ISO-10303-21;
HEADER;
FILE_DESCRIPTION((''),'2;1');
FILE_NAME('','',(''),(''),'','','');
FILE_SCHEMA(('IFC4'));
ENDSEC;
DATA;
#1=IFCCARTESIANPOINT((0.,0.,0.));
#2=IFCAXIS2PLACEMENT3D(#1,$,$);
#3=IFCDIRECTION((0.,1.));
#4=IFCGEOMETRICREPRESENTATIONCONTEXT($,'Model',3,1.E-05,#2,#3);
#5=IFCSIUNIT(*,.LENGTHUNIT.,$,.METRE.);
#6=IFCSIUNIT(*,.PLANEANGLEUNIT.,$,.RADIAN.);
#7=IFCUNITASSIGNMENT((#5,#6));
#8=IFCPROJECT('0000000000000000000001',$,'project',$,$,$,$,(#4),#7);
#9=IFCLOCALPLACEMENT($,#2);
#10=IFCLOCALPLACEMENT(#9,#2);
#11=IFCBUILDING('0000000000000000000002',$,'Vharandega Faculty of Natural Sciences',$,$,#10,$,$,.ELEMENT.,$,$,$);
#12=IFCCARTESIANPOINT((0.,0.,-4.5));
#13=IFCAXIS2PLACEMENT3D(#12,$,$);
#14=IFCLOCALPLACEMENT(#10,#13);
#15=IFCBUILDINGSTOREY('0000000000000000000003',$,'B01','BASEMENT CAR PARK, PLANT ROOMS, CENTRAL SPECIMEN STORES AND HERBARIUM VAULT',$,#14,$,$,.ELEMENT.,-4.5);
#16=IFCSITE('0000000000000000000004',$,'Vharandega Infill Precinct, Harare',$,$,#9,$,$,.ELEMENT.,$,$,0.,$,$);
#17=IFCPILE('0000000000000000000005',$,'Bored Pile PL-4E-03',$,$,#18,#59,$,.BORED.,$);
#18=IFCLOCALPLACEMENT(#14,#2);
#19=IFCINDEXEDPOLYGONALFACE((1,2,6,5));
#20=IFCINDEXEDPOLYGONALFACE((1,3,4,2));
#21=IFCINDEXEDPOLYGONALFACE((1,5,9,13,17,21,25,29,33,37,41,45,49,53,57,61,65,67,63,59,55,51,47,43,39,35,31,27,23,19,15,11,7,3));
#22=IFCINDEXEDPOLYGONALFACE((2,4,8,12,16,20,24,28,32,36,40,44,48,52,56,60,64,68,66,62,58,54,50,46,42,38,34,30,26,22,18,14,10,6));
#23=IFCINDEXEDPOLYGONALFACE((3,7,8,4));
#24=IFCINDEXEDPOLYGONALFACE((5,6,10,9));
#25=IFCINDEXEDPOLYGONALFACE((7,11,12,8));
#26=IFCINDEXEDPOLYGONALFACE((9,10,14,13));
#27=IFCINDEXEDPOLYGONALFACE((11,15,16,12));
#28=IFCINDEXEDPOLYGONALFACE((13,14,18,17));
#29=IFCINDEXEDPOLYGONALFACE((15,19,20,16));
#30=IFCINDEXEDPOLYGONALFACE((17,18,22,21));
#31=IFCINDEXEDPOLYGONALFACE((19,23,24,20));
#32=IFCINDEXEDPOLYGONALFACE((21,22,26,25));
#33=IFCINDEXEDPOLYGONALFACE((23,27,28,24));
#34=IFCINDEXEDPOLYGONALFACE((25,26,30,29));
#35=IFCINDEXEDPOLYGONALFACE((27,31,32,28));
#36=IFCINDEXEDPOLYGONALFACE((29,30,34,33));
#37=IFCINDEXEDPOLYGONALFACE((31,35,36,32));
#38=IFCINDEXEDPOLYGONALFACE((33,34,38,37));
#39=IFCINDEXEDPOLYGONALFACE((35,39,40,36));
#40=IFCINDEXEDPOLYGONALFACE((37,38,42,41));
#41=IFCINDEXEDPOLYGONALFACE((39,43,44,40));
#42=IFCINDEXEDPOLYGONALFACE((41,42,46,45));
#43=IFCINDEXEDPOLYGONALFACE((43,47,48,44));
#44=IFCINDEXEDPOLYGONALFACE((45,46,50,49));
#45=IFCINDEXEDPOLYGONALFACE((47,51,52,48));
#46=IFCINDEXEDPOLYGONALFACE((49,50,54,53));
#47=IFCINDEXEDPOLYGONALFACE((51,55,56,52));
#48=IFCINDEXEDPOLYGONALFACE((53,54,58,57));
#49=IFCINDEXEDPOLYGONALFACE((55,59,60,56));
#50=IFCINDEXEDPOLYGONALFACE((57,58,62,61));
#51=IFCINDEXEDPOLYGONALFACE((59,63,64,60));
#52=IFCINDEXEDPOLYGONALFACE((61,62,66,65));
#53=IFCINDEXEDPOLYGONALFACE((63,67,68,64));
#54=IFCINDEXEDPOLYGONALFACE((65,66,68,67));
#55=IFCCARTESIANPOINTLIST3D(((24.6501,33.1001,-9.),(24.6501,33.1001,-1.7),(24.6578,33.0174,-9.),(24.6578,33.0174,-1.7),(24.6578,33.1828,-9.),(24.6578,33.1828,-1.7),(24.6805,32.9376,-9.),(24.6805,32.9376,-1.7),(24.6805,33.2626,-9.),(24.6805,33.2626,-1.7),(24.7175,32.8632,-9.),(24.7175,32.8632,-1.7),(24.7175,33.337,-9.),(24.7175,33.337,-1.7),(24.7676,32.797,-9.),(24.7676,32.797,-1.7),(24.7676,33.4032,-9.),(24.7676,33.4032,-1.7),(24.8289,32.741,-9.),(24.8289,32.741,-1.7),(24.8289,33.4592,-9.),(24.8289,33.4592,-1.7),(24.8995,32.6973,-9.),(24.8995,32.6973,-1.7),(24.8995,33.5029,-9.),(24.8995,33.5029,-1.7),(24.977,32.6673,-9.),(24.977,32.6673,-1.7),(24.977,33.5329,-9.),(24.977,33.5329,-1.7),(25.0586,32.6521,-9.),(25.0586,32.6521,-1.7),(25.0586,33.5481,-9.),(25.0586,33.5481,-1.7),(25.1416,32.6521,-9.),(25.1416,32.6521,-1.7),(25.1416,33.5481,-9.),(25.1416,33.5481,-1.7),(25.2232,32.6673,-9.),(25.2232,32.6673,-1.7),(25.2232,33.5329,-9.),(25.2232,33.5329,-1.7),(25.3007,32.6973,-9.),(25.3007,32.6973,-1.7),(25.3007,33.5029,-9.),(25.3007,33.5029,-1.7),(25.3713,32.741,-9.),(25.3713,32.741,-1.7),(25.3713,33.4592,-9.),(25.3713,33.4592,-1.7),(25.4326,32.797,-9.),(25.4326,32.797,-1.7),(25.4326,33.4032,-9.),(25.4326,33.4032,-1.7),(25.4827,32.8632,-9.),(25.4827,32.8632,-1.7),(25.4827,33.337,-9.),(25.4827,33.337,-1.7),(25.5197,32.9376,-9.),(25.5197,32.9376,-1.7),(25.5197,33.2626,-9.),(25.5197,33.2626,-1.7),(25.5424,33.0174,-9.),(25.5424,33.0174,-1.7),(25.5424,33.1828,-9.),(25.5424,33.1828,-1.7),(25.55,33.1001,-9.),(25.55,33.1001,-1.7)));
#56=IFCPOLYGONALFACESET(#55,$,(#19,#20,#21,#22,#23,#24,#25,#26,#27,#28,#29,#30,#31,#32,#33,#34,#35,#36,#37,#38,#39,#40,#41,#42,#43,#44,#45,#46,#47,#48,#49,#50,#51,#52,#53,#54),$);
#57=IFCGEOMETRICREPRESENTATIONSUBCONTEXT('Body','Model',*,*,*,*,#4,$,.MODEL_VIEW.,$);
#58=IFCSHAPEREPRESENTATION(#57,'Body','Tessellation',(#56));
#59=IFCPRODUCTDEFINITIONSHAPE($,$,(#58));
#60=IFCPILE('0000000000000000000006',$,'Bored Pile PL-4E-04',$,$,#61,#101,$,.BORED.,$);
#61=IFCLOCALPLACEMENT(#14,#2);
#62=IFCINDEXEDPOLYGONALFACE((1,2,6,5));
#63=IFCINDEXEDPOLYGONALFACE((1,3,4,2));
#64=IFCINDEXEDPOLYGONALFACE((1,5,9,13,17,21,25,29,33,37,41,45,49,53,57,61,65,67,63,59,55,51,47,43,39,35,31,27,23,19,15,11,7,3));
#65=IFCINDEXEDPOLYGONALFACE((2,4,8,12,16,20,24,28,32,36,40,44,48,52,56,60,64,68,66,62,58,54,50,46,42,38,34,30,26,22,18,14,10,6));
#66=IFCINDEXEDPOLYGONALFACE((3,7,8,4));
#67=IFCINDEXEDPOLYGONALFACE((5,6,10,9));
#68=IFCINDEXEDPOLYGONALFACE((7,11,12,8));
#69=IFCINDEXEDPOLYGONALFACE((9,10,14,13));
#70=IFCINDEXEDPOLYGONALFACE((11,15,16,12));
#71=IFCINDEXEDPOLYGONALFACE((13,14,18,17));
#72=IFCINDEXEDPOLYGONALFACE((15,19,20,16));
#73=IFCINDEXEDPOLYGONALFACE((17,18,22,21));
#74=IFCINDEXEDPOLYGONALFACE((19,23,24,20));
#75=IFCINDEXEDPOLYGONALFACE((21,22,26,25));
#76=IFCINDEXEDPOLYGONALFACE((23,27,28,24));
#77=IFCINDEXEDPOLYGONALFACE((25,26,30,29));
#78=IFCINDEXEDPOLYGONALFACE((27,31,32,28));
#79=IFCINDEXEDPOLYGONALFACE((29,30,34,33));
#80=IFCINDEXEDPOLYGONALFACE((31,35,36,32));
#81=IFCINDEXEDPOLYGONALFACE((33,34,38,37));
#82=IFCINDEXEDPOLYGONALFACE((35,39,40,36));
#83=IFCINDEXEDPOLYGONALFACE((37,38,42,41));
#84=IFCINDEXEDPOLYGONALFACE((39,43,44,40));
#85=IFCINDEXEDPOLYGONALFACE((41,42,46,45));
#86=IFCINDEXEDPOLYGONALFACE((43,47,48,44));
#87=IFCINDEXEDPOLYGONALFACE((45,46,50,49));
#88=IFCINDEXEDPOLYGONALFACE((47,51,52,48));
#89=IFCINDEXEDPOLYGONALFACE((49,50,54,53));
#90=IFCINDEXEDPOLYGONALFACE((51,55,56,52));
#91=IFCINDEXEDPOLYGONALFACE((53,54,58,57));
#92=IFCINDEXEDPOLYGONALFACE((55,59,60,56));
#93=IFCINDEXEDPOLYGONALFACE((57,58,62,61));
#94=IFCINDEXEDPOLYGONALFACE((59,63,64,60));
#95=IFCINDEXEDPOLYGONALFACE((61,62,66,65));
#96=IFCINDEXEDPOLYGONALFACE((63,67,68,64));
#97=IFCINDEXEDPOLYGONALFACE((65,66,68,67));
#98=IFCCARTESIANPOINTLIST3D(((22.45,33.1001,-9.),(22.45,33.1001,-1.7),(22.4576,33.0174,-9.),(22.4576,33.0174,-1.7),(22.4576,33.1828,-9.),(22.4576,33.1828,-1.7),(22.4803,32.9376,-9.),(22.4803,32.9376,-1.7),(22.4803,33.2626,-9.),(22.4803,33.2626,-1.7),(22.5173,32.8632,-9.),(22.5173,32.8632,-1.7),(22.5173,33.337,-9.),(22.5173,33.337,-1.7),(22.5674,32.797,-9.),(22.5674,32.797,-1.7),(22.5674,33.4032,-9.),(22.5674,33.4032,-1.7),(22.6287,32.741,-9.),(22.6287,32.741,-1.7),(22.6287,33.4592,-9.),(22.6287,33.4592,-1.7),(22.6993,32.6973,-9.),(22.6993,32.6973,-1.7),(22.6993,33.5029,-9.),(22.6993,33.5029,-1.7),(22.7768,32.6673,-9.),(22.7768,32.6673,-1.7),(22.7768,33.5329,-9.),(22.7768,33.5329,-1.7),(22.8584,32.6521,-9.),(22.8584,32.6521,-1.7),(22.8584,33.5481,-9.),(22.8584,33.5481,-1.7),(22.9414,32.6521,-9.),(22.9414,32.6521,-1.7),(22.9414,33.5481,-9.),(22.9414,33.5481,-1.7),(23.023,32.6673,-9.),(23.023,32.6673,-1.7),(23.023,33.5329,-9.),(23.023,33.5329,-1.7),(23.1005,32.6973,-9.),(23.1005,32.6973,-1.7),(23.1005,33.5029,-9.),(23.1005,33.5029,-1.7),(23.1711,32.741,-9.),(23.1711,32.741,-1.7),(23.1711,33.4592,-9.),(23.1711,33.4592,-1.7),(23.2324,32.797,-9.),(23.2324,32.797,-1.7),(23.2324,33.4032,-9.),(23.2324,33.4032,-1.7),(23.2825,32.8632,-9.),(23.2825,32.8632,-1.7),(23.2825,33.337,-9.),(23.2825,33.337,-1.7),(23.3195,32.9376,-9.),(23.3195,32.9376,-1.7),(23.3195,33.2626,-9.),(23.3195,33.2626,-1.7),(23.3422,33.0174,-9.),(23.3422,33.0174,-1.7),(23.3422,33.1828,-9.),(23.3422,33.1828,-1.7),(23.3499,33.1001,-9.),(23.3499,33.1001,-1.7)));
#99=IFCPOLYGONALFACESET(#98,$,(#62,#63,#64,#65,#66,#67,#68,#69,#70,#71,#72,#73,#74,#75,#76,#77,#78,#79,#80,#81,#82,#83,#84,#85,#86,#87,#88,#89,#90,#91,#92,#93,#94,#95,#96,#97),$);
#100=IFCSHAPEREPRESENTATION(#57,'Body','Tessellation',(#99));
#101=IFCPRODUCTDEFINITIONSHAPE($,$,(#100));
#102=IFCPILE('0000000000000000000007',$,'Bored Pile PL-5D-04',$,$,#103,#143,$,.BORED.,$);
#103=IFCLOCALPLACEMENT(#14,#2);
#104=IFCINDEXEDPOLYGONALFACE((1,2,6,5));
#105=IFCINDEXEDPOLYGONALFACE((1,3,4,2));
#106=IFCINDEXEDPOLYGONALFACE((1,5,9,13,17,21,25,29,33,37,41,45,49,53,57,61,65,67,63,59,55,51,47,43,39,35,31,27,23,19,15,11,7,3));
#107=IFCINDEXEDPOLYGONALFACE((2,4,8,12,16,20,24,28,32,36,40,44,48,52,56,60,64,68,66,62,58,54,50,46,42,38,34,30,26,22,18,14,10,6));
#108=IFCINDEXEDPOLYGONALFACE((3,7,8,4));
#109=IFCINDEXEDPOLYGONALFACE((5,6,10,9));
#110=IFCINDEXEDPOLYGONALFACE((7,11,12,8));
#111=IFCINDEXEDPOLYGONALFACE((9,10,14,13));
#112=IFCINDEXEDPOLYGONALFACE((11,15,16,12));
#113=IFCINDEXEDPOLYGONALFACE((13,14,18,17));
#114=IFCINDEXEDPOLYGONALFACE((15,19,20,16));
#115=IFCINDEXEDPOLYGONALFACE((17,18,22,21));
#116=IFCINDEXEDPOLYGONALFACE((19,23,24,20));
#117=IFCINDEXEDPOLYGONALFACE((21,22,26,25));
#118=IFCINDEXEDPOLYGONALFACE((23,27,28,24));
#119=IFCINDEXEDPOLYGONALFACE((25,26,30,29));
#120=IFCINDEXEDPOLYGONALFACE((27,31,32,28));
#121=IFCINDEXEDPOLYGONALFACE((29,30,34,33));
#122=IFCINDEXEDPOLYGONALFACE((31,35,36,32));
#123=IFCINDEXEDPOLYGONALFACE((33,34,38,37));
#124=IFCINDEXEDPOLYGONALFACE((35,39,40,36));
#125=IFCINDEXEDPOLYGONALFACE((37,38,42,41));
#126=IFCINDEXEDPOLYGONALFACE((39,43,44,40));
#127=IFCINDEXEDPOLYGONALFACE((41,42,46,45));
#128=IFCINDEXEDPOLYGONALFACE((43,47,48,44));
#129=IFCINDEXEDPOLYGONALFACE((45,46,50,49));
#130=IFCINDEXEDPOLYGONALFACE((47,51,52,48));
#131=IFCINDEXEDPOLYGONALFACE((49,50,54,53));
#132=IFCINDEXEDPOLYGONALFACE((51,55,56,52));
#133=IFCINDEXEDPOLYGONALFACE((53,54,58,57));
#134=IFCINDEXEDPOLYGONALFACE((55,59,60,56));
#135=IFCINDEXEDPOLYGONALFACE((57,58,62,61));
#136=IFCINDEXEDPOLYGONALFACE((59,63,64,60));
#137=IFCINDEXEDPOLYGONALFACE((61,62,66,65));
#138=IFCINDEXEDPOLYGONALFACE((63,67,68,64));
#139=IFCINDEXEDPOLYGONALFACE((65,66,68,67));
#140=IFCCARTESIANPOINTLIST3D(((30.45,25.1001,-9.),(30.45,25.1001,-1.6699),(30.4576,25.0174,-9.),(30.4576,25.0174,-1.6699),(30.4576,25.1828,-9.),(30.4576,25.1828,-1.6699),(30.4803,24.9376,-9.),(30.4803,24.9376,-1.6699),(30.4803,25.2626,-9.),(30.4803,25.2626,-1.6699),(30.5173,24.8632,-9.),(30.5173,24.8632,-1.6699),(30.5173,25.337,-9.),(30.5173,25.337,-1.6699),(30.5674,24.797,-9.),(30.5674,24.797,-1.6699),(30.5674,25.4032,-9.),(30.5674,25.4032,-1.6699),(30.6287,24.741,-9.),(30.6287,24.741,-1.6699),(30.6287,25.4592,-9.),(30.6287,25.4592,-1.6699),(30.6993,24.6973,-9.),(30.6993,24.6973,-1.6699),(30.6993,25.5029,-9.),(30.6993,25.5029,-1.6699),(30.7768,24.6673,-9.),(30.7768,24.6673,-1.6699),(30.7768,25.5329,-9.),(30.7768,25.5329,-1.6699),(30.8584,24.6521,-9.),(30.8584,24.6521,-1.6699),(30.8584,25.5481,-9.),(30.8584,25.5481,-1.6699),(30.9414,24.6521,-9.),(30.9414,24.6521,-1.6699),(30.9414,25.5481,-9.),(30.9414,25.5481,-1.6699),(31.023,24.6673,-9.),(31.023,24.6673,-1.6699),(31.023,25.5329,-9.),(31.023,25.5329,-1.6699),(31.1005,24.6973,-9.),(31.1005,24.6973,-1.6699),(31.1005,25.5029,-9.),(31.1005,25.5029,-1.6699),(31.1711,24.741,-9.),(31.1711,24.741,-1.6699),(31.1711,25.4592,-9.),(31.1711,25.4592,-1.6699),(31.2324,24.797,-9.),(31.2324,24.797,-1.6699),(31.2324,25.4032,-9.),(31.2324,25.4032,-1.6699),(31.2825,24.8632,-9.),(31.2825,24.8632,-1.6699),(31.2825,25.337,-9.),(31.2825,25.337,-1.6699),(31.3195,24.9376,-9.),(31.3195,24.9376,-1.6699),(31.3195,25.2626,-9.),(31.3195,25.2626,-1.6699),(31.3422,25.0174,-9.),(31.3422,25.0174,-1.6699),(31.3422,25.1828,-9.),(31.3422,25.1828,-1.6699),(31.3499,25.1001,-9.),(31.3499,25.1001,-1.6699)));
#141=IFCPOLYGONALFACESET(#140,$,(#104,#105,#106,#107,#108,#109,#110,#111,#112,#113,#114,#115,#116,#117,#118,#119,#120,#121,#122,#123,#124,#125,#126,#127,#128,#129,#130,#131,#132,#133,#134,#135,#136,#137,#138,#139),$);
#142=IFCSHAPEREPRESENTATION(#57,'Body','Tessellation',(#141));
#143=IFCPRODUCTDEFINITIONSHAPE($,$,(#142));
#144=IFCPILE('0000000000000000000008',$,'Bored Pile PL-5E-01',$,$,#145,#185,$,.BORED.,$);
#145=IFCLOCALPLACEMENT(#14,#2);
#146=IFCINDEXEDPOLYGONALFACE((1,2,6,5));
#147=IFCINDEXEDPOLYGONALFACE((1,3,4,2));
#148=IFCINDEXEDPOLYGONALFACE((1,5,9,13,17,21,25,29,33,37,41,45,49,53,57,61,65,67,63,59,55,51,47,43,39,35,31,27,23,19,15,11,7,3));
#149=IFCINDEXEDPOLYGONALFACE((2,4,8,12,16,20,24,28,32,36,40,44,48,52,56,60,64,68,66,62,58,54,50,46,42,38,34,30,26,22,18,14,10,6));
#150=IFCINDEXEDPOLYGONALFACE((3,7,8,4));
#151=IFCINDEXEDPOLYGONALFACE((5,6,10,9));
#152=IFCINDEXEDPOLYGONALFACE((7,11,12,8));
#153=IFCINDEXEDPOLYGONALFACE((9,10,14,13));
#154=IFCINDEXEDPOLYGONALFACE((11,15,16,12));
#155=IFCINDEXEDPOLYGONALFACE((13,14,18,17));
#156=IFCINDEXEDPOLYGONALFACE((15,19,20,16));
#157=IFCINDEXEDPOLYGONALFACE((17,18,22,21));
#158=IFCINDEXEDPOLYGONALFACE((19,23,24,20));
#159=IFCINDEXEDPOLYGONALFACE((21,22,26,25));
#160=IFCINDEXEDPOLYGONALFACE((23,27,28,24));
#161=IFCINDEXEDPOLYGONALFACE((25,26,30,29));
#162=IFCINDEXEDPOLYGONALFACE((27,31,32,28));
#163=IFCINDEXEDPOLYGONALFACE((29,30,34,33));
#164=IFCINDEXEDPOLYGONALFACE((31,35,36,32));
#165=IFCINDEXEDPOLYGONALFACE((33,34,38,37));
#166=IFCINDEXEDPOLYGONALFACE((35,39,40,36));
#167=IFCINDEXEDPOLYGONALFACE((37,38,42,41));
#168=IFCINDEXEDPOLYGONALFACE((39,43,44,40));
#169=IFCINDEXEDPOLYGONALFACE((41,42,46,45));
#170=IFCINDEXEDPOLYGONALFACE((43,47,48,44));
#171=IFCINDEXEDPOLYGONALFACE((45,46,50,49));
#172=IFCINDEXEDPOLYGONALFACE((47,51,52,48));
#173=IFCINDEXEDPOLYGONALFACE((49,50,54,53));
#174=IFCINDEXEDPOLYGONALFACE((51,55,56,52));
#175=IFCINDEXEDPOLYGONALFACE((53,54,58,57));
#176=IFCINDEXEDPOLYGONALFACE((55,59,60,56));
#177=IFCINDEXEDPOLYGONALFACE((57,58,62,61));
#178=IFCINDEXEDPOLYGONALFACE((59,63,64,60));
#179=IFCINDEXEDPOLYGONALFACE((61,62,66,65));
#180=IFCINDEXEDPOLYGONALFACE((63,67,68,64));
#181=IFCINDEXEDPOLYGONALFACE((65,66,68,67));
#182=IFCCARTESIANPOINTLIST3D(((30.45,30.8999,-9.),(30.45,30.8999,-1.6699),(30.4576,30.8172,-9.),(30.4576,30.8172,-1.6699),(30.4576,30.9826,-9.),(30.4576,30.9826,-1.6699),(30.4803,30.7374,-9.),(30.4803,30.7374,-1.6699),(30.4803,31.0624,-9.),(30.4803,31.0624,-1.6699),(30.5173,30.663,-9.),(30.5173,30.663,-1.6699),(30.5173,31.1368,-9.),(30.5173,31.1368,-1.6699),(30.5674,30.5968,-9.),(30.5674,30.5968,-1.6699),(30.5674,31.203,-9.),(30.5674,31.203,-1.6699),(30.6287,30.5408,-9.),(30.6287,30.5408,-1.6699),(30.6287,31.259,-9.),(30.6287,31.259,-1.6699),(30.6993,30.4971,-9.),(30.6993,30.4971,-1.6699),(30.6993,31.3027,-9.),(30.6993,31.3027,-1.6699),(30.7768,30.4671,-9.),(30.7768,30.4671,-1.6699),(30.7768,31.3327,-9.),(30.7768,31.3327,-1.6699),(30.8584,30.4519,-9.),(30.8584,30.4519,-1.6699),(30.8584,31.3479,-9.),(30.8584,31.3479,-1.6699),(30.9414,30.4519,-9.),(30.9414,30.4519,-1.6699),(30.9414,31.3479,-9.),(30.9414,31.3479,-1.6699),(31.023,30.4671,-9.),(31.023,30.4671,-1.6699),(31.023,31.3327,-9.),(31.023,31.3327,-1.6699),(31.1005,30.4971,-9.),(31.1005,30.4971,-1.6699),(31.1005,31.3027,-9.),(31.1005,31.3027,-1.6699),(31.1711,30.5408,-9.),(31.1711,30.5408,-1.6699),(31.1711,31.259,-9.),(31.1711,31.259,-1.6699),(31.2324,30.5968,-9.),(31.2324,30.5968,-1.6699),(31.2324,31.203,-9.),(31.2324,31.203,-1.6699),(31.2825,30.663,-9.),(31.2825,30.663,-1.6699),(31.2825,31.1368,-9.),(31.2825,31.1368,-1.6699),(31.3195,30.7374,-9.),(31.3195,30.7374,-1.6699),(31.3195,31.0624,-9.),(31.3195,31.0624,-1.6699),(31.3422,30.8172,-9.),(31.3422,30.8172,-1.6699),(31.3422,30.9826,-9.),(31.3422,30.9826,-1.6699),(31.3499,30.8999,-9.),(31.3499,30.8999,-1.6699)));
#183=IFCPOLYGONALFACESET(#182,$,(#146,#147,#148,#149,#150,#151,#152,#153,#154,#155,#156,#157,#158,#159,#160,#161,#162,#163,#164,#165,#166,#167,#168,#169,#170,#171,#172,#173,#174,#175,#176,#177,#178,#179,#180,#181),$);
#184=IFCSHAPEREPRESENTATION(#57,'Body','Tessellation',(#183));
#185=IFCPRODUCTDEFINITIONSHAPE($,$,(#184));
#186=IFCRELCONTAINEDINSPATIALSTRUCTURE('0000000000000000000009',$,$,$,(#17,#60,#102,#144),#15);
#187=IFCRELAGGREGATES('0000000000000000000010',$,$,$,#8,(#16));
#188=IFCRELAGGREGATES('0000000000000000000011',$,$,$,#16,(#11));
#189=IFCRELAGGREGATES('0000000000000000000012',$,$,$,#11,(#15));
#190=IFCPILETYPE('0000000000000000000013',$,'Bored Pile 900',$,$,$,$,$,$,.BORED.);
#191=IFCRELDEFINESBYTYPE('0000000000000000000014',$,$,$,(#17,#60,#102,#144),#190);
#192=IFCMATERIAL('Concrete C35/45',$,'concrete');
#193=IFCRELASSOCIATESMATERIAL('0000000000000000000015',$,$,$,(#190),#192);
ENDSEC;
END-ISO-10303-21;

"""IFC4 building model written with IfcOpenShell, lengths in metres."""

from ifc_helpers import new_model, si_unit, direction, frame, origin, origin_2d, place, context, subcontext, project, spatial, circle, extrude, material, material_profile, profile_set, type_object, element, save


model = new_model("IFC4")

# Units and contexts
model_context = context("Model", 3, precision=1e-05, world=origin(), true_north=direction((0.0, 1.0)))
body_context = subcontext(model_context, "Body", "Model", "MODEL_VIEW")
ifc_project = project(units=[si_unit("LENGTHUNIT", "METRE"), si_unit("PLANEANGLEUNIT", "RADIAN")], contexts=[model_context])

# Site, building, storey
site_placement = place(None, origin())
site = spatial("IfcSite", under=ifc_project, at=site_placement, Name="Vharandega Infill Precinct, Harare", CompositionType="ELEMENT", RefElevation=0.0)
building_placement = place(site_placement, origin())
building = spatial("IfcBuilding", under=site, at=building_placement, Name="Vharandega Faculty of Natural Sciences", CompositionType="ELEMENT")
storey_placement = place(building_placement, frame((0.0, 0.0, -4.5)))
storey = spatial("IfcBuildingStorey", under=building, at=storey_placement, Name="B01", Description="BASEMENT CAR PARK, PLANT ROOMS, CENTRAL SPECIMEN STORES AND HERBARIUM VAULT", CompositionType="ELEMENT", Elevation=-4.5)

# Piles
ifc_material_1 = material(Name="Concrete C35/45", Category="concrete")
ifc_material_profile_1 = material_profile(ifc_material_1, circle(Radius=0.45, at=origin_2d()), Name="PILE 900")
ifc_profile_set_1 = profile_set([ifc_material_profile_1], Name="Concrete C35/45")
pile_type = type_object("IfcPileType", Name="Bored Pile 900", PredefinedType="BORED", material=ifc_profile_set_1)
for number, where, z_axis, x_axis, name in (
    (1, (25.1001, 33.1001, -1.7), (0.0, 0.0, -1.0), (1.0, 0.0, 0.0), "Bored Pile PL-4E-03"),
    (2, (22.8999, 33.1001, -1.7), (0.0, 0.0, -1.0), (1.0, 0.0, 0.0), "Bored Pile PL-4E-04"),
):
    element("IfcPile", number, at=place(storey_placement, frame(where, z_axis=z_axis, x_axis=x_axis)), inside=storey, type_object=pile_type, Name=name, PredefinedType="BORED", context=body_context, shape_type="SweptSolid", body=[
        extrude(circle(Radius=0.45, at=origin_2d()), origin(), (0.0, 0.0, 1.0), 7.3),
    ])
for number, where, z_axis, x_axis, name in (
    (3, (30.8999, 25.1001, -1.6699), (0.0, 0.0, -1.0), (1.0, 0.0, 0.0), "Bored Pile PL-5D-04"),
    (4, (30.8999, 30.8999, -1.6699), (0.0, 0.0, -1.0), (1.0, 0.0, 0.0), "Bored Pile PL-5E-01"),
):
    element("IfcPile", number, at=place(storey_placement, frame(where, z_axis=z_axis, x_axis=x_axis)), inside=storey, type_object=pile_type, Name=name, PredefinedType="BORED", context=body_context, shape_type="SweptSolid", body=[
        extrude(circle(Radius=0.45, at=origin_2d()), origin(), (0.0, 0.0, 1.0), 7.3301),
    ])

save(model, "model.ifc")
